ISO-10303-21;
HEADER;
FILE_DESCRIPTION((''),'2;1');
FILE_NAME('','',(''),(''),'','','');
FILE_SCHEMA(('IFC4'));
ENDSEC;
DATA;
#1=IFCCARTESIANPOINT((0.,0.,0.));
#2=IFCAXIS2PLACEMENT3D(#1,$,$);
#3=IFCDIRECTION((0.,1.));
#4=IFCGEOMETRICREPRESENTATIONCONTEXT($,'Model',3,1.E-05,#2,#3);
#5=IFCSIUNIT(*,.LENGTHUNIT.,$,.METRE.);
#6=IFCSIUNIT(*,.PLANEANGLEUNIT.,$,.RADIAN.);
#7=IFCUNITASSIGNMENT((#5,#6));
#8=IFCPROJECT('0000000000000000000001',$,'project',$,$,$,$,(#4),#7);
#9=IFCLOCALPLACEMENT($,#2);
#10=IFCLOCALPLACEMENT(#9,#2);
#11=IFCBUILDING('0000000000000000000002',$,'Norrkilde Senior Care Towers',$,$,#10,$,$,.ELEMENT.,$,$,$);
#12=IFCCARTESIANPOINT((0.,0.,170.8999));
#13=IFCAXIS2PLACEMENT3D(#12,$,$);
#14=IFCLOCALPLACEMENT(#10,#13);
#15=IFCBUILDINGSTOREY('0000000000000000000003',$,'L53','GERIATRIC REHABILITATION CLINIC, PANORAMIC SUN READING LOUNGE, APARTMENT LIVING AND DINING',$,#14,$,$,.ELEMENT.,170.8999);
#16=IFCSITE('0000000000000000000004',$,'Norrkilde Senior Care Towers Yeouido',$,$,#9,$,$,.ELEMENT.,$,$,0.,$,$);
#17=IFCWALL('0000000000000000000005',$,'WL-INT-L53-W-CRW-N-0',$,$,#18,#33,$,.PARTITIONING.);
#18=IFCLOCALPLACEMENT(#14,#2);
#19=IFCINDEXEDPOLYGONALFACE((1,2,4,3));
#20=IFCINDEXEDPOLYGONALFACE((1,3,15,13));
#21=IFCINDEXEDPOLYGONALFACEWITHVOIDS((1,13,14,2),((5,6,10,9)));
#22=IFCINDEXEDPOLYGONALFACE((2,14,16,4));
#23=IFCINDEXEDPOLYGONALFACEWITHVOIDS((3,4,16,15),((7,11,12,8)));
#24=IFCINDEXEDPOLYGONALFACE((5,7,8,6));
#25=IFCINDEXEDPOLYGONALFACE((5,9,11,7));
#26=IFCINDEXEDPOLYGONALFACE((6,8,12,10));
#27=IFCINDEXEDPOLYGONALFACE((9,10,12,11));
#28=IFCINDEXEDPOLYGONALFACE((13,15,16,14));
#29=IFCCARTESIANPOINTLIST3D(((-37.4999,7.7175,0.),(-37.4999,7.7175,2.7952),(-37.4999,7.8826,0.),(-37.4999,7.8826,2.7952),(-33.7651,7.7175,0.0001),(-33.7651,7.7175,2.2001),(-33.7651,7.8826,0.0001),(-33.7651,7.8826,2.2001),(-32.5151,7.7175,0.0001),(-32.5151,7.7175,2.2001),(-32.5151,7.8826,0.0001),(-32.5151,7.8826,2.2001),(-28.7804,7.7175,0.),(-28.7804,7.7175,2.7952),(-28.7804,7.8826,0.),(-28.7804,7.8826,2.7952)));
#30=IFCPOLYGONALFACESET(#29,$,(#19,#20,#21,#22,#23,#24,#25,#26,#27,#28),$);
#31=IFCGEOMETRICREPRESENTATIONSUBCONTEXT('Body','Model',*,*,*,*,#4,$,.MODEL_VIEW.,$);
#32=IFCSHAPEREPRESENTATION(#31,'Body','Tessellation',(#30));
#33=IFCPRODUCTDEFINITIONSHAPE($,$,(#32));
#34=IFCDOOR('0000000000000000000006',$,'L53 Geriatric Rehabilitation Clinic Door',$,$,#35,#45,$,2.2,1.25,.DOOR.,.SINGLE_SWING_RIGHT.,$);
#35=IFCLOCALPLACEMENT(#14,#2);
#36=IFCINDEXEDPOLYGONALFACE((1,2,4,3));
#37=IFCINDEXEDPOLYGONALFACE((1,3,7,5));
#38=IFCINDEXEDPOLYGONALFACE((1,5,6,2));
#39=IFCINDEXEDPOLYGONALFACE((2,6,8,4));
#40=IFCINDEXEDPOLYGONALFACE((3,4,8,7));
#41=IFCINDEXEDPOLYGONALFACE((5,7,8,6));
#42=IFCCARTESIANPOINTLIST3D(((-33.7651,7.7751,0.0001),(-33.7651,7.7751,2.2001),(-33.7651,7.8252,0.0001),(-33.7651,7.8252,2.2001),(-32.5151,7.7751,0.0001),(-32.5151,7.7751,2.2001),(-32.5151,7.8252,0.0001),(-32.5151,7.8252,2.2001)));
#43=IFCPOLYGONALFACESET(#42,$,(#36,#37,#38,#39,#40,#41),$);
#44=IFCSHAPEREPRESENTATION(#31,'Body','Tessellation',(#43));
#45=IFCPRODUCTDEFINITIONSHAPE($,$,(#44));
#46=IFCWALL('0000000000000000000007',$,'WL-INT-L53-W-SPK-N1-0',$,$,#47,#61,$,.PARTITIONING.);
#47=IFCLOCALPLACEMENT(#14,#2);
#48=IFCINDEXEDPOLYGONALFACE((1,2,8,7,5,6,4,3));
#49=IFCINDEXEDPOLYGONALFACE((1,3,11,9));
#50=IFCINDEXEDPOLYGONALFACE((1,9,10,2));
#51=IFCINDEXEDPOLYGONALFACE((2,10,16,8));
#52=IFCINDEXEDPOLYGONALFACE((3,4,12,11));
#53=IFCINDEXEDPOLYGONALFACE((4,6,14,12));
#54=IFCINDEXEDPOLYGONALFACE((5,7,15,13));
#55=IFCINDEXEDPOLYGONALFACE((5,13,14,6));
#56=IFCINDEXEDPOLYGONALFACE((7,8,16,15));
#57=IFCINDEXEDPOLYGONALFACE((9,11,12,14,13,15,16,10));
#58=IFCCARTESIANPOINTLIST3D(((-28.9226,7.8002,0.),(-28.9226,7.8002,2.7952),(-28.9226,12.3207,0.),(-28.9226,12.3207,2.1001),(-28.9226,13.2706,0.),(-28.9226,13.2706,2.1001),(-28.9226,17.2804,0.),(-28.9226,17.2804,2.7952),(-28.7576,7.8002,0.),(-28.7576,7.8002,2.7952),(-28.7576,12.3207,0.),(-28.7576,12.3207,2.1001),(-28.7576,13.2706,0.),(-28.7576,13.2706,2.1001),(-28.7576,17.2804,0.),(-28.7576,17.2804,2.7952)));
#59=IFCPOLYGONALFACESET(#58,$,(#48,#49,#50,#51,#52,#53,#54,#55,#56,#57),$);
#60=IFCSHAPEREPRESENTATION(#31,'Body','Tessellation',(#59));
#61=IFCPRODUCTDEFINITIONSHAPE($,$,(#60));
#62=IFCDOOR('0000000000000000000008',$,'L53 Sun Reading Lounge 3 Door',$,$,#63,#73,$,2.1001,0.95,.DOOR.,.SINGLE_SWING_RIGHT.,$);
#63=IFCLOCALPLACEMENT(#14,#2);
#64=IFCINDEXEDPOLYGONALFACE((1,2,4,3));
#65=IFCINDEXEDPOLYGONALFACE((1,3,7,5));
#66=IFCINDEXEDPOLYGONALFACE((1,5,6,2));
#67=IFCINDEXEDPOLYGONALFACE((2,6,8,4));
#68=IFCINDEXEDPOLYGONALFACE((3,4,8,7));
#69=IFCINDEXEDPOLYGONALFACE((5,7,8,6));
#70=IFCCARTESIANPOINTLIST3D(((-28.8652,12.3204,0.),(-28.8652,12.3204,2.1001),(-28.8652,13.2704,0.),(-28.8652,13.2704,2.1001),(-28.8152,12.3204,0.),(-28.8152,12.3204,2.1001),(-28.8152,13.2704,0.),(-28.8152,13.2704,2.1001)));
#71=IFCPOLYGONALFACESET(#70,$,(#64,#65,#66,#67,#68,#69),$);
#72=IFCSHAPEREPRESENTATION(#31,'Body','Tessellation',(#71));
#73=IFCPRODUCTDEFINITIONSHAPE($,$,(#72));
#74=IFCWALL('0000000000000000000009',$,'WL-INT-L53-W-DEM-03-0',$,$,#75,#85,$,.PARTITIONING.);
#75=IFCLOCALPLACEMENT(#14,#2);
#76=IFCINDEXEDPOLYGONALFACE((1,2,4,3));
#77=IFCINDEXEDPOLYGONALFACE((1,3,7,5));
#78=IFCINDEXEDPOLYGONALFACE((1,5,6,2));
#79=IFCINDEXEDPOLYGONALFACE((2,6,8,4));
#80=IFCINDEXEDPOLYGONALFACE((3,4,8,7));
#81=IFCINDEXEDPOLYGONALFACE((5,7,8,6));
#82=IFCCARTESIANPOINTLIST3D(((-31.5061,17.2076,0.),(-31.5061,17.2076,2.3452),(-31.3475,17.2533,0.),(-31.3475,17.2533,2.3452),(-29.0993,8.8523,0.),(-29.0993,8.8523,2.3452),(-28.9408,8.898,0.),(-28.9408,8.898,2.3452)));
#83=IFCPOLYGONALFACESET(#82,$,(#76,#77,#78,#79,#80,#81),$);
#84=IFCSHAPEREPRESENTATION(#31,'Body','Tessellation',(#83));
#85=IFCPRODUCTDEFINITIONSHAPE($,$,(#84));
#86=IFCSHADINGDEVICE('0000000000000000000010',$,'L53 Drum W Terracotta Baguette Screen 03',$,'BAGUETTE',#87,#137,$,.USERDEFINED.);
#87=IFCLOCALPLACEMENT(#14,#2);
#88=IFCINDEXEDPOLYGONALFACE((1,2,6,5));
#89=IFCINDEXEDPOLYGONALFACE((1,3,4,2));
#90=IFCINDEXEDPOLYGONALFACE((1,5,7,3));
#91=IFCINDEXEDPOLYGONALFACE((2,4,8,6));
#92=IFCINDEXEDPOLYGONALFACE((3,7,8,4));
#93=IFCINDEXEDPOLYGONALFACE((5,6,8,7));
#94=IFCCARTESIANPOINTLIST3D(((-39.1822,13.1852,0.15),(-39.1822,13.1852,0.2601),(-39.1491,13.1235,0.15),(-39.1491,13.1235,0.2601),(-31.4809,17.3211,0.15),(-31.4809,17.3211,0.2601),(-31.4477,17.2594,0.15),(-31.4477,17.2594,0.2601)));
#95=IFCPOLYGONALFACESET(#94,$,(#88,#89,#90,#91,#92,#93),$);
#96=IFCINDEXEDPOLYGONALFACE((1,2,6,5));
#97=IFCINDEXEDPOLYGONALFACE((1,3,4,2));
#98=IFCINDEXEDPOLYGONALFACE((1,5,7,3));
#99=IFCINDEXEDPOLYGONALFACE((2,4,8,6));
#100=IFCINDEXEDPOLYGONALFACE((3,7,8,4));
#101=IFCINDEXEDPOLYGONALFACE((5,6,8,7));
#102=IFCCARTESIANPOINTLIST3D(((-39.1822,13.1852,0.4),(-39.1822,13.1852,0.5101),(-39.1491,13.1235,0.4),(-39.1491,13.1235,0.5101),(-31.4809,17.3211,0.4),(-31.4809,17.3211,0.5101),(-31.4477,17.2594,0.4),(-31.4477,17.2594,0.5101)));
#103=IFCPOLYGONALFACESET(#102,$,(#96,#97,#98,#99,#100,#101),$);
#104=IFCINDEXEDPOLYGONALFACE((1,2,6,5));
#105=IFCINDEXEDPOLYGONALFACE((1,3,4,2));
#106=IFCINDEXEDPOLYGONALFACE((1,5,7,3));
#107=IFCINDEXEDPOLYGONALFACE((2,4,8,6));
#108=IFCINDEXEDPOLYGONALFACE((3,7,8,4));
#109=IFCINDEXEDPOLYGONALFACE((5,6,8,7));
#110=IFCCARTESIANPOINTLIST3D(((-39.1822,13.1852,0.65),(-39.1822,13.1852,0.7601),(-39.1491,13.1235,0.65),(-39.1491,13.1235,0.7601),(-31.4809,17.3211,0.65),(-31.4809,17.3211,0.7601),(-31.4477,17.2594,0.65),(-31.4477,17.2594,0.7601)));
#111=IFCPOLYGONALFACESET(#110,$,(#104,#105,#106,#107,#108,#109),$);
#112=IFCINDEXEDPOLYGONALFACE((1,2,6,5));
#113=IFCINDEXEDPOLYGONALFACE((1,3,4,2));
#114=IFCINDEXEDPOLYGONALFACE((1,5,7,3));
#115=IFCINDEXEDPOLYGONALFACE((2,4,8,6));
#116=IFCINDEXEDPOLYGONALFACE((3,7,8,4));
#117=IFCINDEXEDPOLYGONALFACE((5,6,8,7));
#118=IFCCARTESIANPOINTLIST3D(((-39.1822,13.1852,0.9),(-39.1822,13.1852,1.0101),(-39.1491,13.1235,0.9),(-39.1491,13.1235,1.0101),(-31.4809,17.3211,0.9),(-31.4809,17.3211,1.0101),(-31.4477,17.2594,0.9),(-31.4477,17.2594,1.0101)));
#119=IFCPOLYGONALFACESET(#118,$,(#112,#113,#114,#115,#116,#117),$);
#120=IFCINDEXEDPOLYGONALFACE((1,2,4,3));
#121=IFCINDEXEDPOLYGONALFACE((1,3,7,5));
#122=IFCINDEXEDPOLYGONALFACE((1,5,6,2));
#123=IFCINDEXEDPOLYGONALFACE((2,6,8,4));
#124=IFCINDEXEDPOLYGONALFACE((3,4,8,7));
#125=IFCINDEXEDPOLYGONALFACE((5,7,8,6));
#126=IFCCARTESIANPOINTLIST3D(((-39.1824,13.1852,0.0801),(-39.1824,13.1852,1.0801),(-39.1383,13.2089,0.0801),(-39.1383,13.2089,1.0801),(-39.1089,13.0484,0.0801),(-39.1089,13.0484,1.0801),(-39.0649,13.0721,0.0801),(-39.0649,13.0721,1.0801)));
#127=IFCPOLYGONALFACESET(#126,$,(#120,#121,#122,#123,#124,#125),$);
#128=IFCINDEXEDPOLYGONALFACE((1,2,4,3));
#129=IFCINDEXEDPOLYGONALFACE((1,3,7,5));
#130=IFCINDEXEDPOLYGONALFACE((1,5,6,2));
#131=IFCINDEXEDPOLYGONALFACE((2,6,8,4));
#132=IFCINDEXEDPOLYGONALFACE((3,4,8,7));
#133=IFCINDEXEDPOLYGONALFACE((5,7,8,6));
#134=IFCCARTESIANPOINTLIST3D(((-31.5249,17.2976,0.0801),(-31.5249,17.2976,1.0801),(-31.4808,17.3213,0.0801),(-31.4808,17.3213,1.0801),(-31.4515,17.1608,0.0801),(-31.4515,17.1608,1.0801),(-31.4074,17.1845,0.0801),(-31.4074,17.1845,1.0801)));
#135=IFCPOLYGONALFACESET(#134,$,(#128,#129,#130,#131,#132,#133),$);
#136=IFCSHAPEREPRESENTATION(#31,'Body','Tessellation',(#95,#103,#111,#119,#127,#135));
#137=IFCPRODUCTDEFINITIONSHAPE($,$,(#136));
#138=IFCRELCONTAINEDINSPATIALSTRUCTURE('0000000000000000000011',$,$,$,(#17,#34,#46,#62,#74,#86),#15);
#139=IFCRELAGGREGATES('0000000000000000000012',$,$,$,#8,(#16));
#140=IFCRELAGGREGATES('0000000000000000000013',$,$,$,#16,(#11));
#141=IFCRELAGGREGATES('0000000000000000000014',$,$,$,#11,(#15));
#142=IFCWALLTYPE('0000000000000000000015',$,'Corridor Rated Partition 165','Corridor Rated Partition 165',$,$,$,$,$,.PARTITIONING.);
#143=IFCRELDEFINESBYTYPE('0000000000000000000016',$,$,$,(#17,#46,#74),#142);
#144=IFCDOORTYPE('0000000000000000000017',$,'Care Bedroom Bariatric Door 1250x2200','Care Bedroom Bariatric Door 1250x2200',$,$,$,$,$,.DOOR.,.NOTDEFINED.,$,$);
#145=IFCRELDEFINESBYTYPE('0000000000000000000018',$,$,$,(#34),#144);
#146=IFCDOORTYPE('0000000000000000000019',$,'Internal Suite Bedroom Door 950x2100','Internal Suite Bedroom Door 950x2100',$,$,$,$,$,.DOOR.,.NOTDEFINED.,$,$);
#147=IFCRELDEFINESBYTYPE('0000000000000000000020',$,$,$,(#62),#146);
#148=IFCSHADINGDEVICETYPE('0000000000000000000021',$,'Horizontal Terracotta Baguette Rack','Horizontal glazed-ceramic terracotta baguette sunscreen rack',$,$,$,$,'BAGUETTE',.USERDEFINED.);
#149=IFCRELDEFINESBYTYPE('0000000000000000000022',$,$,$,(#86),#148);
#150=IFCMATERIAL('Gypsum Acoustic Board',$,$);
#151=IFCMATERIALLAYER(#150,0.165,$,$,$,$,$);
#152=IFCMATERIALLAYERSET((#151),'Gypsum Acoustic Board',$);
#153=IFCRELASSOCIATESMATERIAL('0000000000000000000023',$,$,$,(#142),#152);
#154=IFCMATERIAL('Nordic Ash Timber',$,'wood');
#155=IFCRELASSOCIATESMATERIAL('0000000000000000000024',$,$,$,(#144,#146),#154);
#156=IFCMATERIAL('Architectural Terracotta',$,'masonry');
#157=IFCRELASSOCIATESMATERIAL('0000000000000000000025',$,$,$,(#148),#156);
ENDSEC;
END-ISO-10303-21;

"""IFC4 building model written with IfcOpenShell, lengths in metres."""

from ifc_helpers import new_model, si_unit, direction, frame, frame_2d, origin, origin_2d, place, context, subcontext, project, spatial, rectangle, extrude, source, transform, mapped, material, layer, layer_set, type_object, type_shapes, element, fill, save


model = new_model("IFC4")

# Units and contexts
model_context = context("Model", 3, precision=1e-05, world=origin(), true_north=direction((0.0, 1.0)))
body_context = subcontext(model_context, "Body", "Model", "MODEL_VIEW")
ifc_project = project(units=[si_unit("LENGTHUNIT", "METRE"), si_unit("PLANEANGLEUNIT", "RADIAN")], contexts=[model_context])

# Site, building, storey
site_placement = place(None, origin())
site = spatial("IfcSite", under=ifc_project, at=site_placement, Name="Norrkilde Senior Care Towers Yeouido", CompositionType="ELEMENT", RefElevation=0.0)
building_placement = place(site_placement, origin())
building = spatial("IfcBuilding", under=site, at=building_placement, Name="Norrkilde Senior Care Towers", CompositionType="ELEMENT")
storey_placement = place(building_placement, frame((0.0, 0.0, 170.8999)))
storey = spatial("IfcBuildingStorey", under=building, at=storey_placement, Name="L53", Description="GERIATRIC REHABILITATION CLINIC, PANORAMIC SUN READING LOUNGE, APARTMENT LIVING AND DINING", CompositionType="ELEMENT", Elevation=170.8999)

# Walls, openings, doors
ifc_material_1 = material(Name="Gypsum Acoustic Board")
ifc_layer_1 = layer(ifc_material_1, 0.165)
ifc_layer_set_1 = layer_set([ifc_layer_1], Name="Gypsum Acoustic Board")
wall_type_1 = type_object("IfcWallType", Name="Corridor Rated Partition 165", Description="Corridor Rated Partition 165", PredefinedType="PARTITIONING", material=ifc_layer_set_1)
shared_shape_1 = source(origin(), body_context, "Body", "SweptSolid", [
    extrude(rectangle(XDim=8.7195, YDim=0.165, at=frame_2d((4.3599, 0.0))), origin(), (0.0, 0.0, 1.0), 2.7952),
])
wall_1_placement = place(storey_placement, frame((-37.5, 7.8, 0.0), z_axis=(0.0, 0.0, 1.0), x_axis=(1.0, 0.0, 0.0)))
wall_1 = element("IfcWall", 1, at=wall_1_placement, inside=storey, type_object=wall_type_1, Name="WL-INT-L53-W-CRW-N-0", PredefinedType="PARTITIONING", context=body_context, shape_type="MappedRepresentation", body=[
    mapped(shared_shape_1, transform((0.0, 0.0, 0.0), x_axis=(1.0, 0.0, 0.0), y_axis=(0.0, 1.0, 0.0), z_axis=(0.0, 0.0, 1.0), scale=1.0)),
])
opening_1_placement = place(wall_1_placement, frame((3.7349, 0.0, 0.0)))
opening_1 = element("IfcOpeningElement", 2, at=opening_1_placement, cuts=wall_1, PredefinedType="OPENING", context=body_context, shape_type="SweptSolid", body=[
    extrude(rectangle(XDim=1.25, YDim=2.2, at=frame_2d((0.625, 1.1001))), frame((0.0, 0.0925, 0.0), z_axis=(0.0, -1.0, 0.0), x_axis=(1.0, 0.0, 0.0)), (0.0, 0.0, 1.0), 0.1851),
])
ifc_material_2 = material(Name="Nordic Ash Timber", Category="wood")
door_type_1 = type_object("IfcDoorType", Name="Care Bedroom Bariatric Door 1250x2200", Description="Care Bedroom Bariatric Door 1250x2200", OperationType="NOTDEFINED", PredefinedType="DOOR", material=ifc_material_2)
shared_shape_2 = source(origin(), body_context, "Body", "SweptSolid", [
    extrude(rectangle(XDim=1.25, YDim=2.2, at=frame_2d((0.625, 1.1001))), frame((0.0, 0.0249, 0.0), z_axis=(0.0, -1.0, 0.0), x_axis=(1.0, 0.0, 0.0)), (0.0, 0.0, 1.0), 0.05),
])
type_shapes(door_type_1, [shared_shape_2])
door_1_placement = place(opening_1_placement, frame((1.25, 0.0, 0.0), z_axis=(0.0, 0.0, 1.0), x_axis=(-1.0, 0.0, 0.0)))
door_1 = element("IfcDoor", 3, at=door_1_placement, inside=storey, type_object=door_type_1, Name="L53 Geriatric Rehabilitation Clinic Door", OperationType="SINGLE_SWING_RIGHT", OverallHeight=2.2, OverallWidth=1.25, PredefinedType="DOOR", context=body_context, shape_type="MappedRepresentation", body=[
    mapped(shared_shape_2, transform((0.0, 0.0, 0.0), x_axis=(1.0, 0.0, 0.0), y_axis=(0.0, 1.0, 0.0), z_axis=(0.0, 0.0, 1.0), scale=1.0)),
])
fill(opening_1, door_1)
shared_shape_3 = source(origin(), body_context, "Body", "SweptSolid", [
    extrude(rectangle(XDim=9.4802, YDim=0.165, at=frame_2d((4.7402, 0.0))), origin(), (0.0, 0.0, 1.0), 2.7952),
])
wall_2_placement = place(storey_placement, frame((-28.8401, 7.8, 0.0), z_axis=(0.0, 0.0, 1.0), x_axis=(0.0, 1.0, 0.0)))
wall_2 = element("IfcWall", 4, at=wall_2_placement, inside=storey, type_object=wall_type_1, Name="WL-INT-L53-W-SPK-N1-0", PredefinedType="PARTITIONING", context=body_context, shape_type="MappedRepresentation", body=[
    mapped(shared_shape_3, transform((0.0, 0.0, 0.0), x_axis=(1.0, 0.0, 0.0), y_axis=(0.0, 1.0, 0.0), z_axis=(0.0, 0.0, 1.0), scale=1.0)),
])
opening_2_placement = place(wall_2_placement, frame((4.5205, 0.0, 0.0)))
opening_2 = element("IfcOpeningElement", 5, at=opening_2_placement, cuts=wall_2, PredefinedType="OPENING", context=body_context, shape_type="SweptSolid", body=[
    extrude(rectangle(XDim=0.95, YDim=2.1001, at=frame_2d((0.4751, 1.05))), frame((0.0, 0.0925, 0.0), z_axis=(0.0, -1.0, 0.0), x_axis=(1.0, 0.0, 0.0)), (0.0, 0.0, 1.0), 0.1851),
])
door_type_2 = type_object("IfcDoorType", Name="Internal Suite Bedroom Door 950x2100", Description="Internal Suite Bedroom Door 950x2100", OperationType="NOTDEFINED", PredefinedType="DOOR", material=ifc_material_2)
shared_shape_4 = source(origin(), body_context, "Body", "SweptSolid", [
    extrude(rectangle(XDim=0.95, YDim=2.1001, at=frame_2d((0.4751, 1.05))), frame((0.0, 0.0249, 0.0), z_axis=(0.0, -1.0, 0.0), x_axis=(1.0, 0.0, 0.0)), (0.0, 0.0, 1.0), 0.05),
])
type_shapes(door_type_2, [shared_shape_4])
door_2_placement = place(opening_2_placement, frame((0.95, 0.0, 0.0), z_axis=(0.0, 0.0, 1.0), x_axis=(-1.0, 0.0, 0.0)))
door_2 = element("IfcDoor", 6, at=door_2_placement, inside=storey, type_object=door_type_2, Name="L53 Sun Reading Lounge 3 Door", OperationType="SINGLE_SWING_RIGHT", OverallHeight=2.1001, OverallWidth=0.95, PredefinedType="DOOR", context=body_context, shape_type="MappedRepresentation", body=[
    mapped(shared_shape_4, transform((0.0, 0.0, 0.0), x_axis=(1.0, 0.0, 0.0), y_axis=(0.0, 1.0, 0.0), z_axis=(0.0, 0.0, 1.0), scale=1.0)),
])
fill(opening_2, door_2)

# Wall
shared_shape_5 = source(origin(), body_context, "Body", "SweptSolid", [
    extrude(rectangle(XDim=8.6951, YDim=0.165, at=frame_2d((4.3477, 0.0))), origin(), (0.0, 0.0, 1.0), 2.3452),
])
type_shapes(wall_type_1, [shared_shape_1, shared_shape_3, shared_shape_5])
wall_3_placement = place(storey_placement, frame((-29.02, 8.875, 0.0), z_axis=(0.0, 0.0, 1.0), x_axis=(-0.276797, 0.960928, 0.0)))
element("IfcWall", 7, at=wall_3_placement, inside=storey, type_object=wall_type_1, Name="WL-INT-L53-W-DEM-03-0", PredefinedType="PARTITIONING", context=body_context, shape_type="MappedRepresentation", body=[
    mapped(shared_shape_5, transform((0.0, 0.0, 0.0), x_axis=(1.0, 0.0, 0.0), y_axis=(0.0, 1.0, 0.0), z_axis=(0.0, 0.0, 1.0), scale=1.0)),
])

# Shading device
ifc_material_3 = material(Name="Architectural Terracotta", Category="masonry")
shading_device_type = type_object("IfcShadingDeviceType", Name="Horizontal Terracotta Baguette Rack", Description="Horizontal glazed-ceramic terracotta baguette sunscreen rack", ElementType="BAGUETTE", PredefinedType="USERDEFINED", material=ifc_material_3)
shared_shape_6 = source(origin(), body_context, "Body", "SweptSolid", [
    extrude(rectangle(XDim=0.0701, YDim=0.1101, at=origin_2d()), frame((0.0, 0.0901, 0.125), z_axis=(1.0, 0.0, 0.0), x_axis=(0.0, 1.0, 0.0)), (0.0, 0.0, 1.0), 8.7417),
    extrude(rectangle(XDim=0.0701, YDim=0.1101, at=origin_2d()), frame((0.0, 0.0901, 0.375), z_axis=(1.0, 0.0, 0.0), x_axis=(0.0, 1.0, 0.0)), (0.0, 0.0, 1.0), 8.7417),
    extrude(rectangle(XDim=0.0701, YDim=0.1101, at=origin_2d()), frame((0.0, 0.0901, 0.625), z_axis=(1.0, 0.0, 0.0), x_axis=(0.0, 1.0, 0.0)), (0.0, 0.0, 1.0), 8.7417),
    extrude(rectangle(XDim=0.0701, YDim=0.1101, at=origin_2d()), frame((0.0, 0.0901, 0.875), z_axis=(1.0, 0.0, 0.0), x_axis=(0.0, 1.0, 0.0)), (0.0, 0.0, 1.0), 8.7417),
    extrude(rectangle(XDim=0.05, YDim=0.1553, at=origin_2d()), frame((0.0249, 0.0476, 0.0)), (0.0, 0.0, 1.0), 1.0),
    extrude(rectangle(XDim=0.05, YDim=0.1553, at=origin_2d()), frame((8.7168, 0.0476, 0.0)), (0.0, 0.0, 1.0), 1.0),
])
type_shapes(shading_device_type, [shared_shape_6])
shading_device_placement = place(storey_placement, frame((-39.123, 13.075, 0.0801), z_axis=(0.0, 0.0, 1.0), x_axis=(0.880998, 0.473133, 0.0)))
element("IfcShadingDevice", 8, at=shading_device_placement, inside=storey, type_object=shading_device_type, Name="L53 Drum W Terracotta Baguette Screen 03", ObjectType="BAGUETTE", PredefinedType="USERDEFINED", context=body_context, shape_type="MappedRepresentation", body=[
    mapped(shared_shape_6, transform((0.0, 0.0, 0.0), x_axis=(1.0, 0.0, 0.0), y_axis=(0.0, 1.0, 0.0), z_axis=(0.0, 0.0, 1.0), scale=1.0)),
])

save(model, "model.ifc")
